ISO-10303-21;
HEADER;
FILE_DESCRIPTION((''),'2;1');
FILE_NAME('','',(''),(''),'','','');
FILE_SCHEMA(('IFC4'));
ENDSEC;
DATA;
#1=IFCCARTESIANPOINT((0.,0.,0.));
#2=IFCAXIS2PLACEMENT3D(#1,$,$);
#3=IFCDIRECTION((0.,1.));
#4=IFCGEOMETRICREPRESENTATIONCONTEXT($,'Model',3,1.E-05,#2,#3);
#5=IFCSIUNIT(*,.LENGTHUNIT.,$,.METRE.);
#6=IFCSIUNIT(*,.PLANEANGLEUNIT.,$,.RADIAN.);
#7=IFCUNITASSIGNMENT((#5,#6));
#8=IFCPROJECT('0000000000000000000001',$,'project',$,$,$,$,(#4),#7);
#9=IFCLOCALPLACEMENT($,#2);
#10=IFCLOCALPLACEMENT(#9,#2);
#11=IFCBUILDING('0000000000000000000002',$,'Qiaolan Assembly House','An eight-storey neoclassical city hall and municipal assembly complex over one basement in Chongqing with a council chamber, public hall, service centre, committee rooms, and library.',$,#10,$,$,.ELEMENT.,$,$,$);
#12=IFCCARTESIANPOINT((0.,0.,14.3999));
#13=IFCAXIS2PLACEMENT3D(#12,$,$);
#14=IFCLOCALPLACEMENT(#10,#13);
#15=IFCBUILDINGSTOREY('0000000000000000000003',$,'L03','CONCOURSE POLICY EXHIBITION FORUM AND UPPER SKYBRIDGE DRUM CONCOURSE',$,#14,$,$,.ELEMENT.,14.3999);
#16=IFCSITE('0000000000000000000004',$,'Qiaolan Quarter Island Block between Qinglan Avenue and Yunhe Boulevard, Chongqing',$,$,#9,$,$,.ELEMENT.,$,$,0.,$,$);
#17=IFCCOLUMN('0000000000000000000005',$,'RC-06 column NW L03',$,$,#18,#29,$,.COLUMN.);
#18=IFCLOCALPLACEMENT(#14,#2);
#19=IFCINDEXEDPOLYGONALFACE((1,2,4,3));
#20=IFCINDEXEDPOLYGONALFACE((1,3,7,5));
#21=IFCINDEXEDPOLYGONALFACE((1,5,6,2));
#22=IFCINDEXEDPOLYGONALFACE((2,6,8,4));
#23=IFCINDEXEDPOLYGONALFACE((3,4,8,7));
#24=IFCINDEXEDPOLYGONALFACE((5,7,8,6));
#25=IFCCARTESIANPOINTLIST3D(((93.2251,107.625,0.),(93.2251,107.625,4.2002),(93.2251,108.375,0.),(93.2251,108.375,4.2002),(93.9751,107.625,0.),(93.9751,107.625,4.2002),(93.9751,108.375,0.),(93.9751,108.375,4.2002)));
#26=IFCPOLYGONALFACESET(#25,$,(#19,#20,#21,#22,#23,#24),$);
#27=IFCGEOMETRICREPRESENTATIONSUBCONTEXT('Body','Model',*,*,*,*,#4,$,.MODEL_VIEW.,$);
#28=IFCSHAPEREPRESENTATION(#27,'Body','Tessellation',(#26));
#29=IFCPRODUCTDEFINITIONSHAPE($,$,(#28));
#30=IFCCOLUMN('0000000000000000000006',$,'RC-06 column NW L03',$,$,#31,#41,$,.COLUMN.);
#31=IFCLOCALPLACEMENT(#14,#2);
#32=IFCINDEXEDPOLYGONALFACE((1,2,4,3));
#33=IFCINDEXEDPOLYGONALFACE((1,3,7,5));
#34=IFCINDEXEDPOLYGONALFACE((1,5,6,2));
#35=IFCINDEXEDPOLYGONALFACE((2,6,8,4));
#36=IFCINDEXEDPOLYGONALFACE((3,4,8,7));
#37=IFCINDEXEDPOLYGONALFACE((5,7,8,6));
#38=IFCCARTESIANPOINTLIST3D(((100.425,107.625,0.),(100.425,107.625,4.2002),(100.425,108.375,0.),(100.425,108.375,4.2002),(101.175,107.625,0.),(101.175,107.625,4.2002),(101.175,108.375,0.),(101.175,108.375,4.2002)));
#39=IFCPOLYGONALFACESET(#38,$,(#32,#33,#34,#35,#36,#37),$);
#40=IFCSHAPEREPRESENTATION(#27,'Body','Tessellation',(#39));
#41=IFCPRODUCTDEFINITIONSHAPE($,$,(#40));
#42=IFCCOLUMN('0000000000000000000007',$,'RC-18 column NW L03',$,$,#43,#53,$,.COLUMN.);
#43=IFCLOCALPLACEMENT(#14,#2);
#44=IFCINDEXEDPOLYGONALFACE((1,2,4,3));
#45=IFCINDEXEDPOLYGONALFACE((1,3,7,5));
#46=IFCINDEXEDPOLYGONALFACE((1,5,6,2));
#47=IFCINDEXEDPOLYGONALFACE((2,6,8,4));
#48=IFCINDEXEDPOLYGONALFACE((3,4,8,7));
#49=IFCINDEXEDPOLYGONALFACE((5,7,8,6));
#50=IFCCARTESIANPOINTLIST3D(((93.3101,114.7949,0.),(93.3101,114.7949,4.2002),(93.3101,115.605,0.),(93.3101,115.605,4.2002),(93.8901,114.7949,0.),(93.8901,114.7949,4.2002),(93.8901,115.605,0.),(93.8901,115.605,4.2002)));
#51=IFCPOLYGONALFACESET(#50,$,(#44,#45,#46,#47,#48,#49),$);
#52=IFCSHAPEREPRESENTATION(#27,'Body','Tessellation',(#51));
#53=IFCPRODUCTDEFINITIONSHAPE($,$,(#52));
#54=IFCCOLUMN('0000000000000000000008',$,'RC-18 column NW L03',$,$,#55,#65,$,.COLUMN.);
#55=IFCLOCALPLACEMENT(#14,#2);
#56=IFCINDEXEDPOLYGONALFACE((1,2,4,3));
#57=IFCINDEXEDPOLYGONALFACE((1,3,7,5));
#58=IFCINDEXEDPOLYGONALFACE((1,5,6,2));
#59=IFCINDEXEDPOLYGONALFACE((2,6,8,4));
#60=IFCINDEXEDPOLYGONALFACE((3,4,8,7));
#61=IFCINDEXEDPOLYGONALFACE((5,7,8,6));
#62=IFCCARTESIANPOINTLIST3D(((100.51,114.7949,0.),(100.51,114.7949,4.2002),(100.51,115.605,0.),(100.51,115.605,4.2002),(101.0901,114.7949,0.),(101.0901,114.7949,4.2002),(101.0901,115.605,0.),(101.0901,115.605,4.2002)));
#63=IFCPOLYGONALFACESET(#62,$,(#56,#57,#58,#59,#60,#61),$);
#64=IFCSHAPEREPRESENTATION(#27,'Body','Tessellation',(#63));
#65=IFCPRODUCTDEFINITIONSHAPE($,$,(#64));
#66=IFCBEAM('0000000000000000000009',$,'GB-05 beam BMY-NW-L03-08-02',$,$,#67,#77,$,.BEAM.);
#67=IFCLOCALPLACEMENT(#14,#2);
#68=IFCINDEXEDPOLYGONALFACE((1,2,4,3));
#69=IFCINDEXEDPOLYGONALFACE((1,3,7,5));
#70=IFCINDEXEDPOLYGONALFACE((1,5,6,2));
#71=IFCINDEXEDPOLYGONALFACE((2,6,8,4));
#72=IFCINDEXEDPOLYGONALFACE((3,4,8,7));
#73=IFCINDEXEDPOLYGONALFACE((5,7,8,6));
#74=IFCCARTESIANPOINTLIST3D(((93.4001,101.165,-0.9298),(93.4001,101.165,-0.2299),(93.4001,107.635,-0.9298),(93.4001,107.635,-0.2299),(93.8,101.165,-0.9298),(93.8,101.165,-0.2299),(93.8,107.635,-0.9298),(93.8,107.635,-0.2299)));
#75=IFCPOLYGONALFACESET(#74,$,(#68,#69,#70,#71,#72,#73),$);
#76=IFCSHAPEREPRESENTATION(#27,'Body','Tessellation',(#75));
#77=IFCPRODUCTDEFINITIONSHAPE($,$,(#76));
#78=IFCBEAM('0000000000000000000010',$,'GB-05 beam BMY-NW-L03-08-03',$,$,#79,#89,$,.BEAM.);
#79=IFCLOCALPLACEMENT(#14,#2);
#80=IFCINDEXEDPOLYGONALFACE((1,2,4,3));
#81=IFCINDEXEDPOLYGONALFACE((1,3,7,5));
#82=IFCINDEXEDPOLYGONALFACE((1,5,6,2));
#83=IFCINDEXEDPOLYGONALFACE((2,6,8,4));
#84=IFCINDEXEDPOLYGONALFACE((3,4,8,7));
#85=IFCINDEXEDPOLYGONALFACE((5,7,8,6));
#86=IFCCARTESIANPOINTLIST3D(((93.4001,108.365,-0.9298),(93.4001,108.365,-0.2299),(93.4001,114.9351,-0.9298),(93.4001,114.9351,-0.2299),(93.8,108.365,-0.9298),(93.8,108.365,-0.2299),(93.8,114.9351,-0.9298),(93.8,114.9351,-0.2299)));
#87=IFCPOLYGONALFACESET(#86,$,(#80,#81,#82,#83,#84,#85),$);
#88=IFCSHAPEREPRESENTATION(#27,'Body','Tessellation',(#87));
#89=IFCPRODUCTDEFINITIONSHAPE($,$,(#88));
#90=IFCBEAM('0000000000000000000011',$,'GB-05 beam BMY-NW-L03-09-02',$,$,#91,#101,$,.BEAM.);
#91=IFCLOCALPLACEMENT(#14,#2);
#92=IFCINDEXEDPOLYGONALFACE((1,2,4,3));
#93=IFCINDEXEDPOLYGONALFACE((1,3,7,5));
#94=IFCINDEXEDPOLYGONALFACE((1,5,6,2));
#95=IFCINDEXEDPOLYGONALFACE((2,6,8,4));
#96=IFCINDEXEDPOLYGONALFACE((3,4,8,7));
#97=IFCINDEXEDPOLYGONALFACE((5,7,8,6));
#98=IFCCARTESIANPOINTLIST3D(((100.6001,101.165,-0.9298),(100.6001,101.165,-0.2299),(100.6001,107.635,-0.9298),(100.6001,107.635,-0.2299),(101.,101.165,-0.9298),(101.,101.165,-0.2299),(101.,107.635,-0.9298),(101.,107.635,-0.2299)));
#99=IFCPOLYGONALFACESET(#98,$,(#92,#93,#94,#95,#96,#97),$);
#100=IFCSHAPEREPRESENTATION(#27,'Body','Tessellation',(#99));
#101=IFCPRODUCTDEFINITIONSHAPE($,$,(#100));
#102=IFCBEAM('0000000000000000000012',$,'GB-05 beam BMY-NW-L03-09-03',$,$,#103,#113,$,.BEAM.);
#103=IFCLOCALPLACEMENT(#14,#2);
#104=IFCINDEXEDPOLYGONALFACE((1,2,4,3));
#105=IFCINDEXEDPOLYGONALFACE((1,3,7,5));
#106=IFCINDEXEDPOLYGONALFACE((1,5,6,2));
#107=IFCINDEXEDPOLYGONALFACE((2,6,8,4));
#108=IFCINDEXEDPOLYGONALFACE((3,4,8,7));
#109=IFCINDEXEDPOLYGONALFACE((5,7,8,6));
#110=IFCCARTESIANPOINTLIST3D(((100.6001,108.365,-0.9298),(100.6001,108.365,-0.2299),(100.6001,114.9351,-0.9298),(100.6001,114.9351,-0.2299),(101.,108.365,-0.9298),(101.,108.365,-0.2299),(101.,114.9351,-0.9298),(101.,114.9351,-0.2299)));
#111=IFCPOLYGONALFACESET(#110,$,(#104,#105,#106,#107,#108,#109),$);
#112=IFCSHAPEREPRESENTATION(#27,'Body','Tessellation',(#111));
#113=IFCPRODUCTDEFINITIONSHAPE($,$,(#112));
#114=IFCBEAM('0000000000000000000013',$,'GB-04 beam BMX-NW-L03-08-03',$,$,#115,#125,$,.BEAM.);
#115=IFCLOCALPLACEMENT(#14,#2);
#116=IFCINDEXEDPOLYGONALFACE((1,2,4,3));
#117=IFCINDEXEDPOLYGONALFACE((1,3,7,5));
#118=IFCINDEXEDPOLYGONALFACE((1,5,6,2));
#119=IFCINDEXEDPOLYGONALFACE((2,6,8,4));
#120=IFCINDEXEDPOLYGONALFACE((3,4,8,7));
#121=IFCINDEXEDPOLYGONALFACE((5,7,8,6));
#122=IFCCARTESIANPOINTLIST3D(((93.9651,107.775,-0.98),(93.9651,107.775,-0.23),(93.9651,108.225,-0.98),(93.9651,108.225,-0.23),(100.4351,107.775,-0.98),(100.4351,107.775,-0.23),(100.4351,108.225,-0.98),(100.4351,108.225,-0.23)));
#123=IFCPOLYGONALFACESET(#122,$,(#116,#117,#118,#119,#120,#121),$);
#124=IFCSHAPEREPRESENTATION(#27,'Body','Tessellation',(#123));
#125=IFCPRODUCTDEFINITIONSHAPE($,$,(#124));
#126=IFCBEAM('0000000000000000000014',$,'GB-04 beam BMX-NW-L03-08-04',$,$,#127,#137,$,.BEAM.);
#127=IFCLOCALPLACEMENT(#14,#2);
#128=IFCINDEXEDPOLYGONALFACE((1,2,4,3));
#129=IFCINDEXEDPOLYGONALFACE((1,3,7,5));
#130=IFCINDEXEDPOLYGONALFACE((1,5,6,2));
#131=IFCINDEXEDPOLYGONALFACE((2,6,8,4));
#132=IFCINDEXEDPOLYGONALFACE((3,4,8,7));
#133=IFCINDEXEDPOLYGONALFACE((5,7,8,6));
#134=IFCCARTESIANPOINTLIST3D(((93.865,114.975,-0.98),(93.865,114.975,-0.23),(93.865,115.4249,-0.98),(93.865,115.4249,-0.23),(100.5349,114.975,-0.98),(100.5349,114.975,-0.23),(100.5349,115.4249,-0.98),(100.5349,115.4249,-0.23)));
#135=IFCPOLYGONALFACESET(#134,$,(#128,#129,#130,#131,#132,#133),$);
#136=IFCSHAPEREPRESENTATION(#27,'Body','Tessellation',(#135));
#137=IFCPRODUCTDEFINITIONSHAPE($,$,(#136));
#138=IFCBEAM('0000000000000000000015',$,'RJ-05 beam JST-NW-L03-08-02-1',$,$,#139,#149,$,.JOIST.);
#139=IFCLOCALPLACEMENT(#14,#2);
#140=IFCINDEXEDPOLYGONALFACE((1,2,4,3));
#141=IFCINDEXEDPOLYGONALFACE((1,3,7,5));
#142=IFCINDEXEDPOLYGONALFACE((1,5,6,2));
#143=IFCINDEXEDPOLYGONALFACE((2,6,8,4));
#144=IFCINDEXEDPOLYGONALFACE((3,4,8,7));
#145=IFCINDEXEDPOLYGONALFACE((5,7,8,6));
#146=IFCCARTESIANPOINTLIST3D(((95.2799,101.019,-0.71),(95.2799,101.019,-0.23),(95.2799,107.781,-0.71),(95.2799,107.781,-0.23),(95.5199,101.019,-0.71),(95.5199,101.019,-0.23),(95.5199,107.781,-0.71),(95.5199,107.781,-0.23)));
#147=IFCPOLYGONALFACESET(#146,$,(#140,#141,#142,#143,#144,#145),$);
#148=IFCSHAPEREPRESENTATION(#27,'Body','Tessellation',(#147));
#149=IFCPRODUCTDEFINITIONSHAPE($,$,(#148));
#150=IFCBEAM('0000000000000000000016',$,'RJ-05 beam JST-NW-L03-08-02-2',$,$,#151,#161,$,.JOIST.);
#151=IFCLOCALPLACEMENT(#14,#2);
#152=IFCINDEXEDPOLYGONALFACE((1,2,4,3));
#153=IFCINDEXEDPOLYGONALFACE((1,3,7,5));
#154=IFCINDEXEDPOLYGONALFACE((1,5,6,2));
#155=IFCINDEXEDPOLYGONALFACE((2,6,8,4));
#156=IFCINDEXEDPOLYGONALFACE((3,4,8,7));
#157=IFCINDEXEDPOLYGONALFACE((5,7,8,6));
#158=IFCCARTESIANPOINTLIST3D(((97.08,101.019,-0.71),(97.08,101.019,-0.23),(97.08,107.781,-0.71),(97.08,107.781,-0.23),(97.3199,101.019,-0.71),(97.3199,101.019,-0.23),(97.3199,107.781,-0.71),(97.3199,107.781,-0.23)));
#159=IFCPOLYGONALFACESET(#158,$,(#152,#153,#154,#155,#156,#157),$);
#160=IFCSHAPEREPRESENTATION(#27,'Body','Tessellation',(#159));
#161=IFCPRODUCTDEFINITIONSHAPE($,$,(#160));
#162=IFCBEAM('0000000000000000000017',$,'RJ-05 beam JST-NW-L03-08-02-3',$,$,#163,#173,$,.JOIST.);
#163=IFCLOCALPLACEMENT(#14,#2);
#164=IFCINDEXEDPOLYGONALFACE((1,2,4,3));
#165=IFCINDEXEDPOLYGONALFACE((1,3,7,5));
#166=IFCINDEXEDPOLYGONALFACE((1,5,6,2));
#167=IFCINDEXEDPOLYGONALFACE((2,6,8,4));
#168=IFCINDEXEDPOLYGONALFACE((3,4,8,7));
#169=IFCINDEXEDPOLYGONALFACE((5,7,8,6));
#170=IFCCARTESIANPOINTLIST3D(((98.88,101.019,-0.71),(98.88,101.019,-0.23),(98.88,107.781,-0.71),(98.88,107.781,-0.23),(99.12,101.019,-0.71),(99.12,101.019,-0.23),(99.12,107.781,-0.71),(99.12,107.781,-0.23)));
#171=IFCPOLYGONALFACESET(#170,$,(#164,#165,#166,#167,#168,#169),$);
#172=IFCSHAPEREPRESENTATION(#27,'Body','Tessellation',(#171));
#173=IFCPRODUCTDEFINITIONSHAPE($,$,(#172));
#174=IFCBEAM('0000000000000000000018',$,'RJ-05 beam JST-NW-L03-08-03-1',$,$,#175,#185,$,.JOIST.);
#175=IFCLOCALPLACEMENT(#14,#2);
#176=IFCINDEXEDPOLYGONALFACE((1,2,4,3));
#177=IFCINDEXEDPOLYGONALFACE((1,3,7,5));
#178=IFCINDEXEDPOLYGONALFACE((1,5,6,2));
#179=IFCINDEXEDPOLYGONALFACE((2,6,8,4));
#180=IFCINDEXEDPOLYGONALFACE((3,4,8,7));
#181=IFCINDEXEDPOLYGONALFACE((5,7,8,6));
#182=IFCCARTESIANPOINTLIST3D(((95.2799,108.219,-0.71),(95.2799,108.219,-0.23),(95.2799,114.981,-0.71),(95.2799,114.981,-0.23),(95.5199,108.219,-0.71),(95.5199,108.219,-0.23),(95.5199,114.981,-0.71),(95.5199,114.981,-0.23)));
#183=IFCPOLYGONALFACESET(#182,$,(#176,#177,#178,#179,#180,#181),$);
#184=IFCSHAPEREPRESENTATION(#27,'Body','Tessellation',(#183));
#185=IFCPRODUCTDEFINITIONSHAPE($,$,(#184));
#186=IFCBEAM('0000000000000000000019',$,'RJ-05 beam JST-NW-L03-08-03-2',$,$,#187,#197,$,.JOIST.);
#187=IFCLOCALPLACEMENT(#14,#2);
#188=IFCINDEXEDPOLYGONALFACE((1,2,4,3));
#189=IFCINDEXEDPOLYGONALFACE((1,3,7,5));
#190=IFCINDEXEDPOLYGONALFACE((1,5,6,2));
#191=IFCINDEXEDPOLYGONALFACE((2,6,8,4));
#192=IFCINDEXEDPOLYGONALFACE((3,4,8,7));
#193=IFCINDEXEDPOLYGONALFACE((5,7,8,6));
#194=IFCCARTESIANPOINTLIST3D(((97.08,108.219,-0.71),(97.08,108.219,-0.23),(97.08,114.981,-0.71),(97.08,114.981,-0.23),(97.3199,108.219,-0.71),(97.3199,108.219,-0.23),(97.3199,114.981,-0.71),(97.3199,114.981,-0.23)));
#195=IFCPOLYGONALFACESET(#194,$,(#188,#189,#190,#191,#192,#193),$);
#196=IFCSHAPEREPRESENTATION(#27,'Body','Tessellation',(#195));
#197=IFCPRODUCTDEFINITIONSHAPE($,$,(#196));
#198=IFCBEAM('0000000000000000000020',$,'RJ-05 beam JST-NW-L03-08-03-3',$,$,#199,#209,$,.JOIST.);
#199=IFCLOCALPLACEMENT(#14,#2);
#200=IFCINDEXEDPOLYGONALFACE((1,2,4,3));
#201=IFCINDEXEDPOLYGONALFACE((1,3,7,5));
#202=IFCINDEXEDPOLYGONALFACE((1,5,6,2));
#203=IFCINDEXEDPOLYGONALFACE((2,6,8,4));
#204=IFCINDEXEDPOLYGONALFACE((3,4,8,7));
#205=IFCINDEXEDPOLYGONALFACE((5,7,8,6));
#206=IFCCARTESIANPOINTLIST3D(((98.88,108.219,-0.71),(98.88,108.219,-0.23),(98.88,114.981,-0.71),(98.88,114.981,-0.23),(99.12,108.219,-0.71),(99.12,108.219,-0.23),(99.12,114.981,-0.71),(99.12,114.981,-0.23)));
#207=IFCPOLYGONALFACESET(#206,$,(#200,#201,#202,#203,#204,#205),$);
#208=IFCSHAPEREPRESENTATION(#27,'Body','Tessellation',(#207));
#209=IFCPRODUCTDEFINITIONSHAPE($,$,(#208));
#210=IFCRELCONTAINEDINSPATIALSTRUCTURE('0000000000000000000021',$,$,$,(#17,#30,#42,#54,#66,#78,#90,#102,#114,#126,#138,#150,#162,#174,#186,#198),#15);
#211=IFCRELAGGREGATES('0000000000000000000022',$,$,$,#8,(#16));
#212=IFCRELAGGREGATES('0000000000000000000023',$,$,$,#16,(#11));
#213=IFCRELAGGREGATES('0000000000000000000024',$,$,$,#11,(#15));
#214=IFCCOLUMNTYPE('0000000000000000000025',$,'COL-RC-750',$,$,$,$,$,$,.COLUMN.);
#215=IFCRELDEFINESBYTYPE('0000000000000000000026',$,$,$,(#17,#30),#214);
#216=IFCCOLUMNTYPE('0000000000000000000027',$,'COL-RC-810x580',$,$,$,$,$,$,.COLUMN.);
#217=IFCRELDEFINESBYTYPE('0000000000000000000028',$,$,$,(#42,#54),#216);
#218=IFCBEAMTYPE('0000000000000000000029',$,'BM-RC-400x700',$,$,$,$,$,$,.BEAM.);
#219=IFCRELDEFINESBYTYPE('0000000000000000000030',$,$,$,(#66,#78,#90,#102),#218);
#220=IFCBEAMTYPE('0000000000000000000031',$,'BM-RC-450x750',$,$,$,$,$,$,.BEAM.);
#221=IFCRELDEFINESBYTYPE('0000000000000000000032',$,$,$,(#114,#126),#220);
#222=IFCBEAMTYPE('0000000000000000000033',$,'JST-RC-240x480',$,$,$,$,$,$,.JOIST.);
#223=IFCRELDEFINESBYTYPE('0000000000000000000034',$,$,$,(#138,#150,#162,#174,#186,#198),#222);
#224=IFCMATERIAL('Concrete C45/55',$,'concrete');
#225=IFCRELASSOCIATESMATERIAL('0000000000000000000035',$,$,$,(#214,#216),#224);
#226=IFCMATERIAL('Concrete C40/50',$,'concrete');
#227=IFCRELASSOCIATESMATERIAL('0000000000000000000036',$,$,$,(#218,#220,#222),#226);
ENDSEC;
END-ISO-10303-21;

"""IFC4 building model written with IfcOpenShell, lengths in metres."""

from ifc_helpers import new_model, si_unit, direction, frame, origin, origin_2d, place, context, subcontext, project, spatial, rectangle, extrude, material, material_profile, profile_set, type_object, element, save


model = new_model("IFC4")

# Units and contexts
model_context = context("Model", 3, precision=1e-05, world=origin(), true_north=direction((0.0, 1.0)))
body_context = subcontext(model_context, "Body", "Model", "MODEL_VIEW")
ifc_project = project(units=[si_unit("LENGTHUNIT", "METRE"), si_unit("PLANEANGLEUNIT", "RADIAN")], contexts=[model_context])

# Site, building, storey
site_placement = place(None, origin())
site = spatial("IfcSite", under=ifc_project, at=site_placement, Name="Qiaolan Quarter Island Block between Qinglan Avenue and Yunhe Boulevard, Chongqing", CompositionType="ELEMENT", RefElevation=0.0)
building_placement = place(site_placement, origin())
building = spatial("IfcBuilding", under=site, at=building_placement, Name="Qiaolan Assembly House", Description="An eight-storey neoclassical city hall and municipal assembly complex over one basement in Chongqing with a council chamber, public hall, service centre, committee rooms, and library.", CompositionType="ELEMENT")
storey_placement = place(building_placement, frame((0.0, 0.0, 14.3999)))
storey = spatial("IfcBuildingStorey", under=building, at=storey_placement, Name="L03", Description="CONCOURSE POLICY EXHIBITION FORUM AND UPPER SKYBRIDGE DRUM CONCOURSE", CompositionType="ELEMENT", Elevation=14.3999)

# Columns
ifc_material_1 = material(Name="Concrete C45/55", Category="concrete")
ifc_material_profile_1 = material_profile(ifc_material_1, rectangle(XDim=0.75, YDim=0.75, at=origin_2d()), Name="RC 750x750")
ifc_profile_set_1 = profile_set([ifc_material_profile_1], Name="Concrete C45/55")
column_type_1 = type_object("IfcColumnType", Name="COL-RC-750", PredefinedType="COLUMN", material=ifc_profile_set_1)
for number, where, z_axis, x_axis, name in (
    (1, (93.6001, 108.0, 0.0), (0.0, 0.0, 1.0), (1.0, 0.0, 0.0), "RC-06 column NW L03"),
    (2, (100.8, 108.0, 0.0), (0.0, 0.0, 1.0), (1.0, 0.0, 0.0), "RC-06 column NW L03"),
):
    element("IfcColumn", number, at=place(storey_placement, frame(where, z_axis=z_axis, x_axis=x_axis)), inside=storey, type_object=column_type_1, Name=name, PredefinedType="COLUMN", context=body_context, shape_type="SweptSolid", body=[
        extrude(rectangle(XDim=0.75, YDim=0.75, at=origin_2d()), origin(), (0.0, 0.0, 1.0), 4.2002),
    ])
ifc_material_profile_2 = material_profile(ifc_material_1, rectangle(XDim=0.5801, YDim=0.8101, at=origin_2d()), Name="RC 810x580")
ifc_profile_set_2 = profile_set([ifc_material_profile_2], Name="Concrete C45/55")
column_type_2 = type_object("IfcColumnType", Name="COL-RC-810x580", PredefinedType="COLUMN", material=ifc_profile_set_2)
for number, where, z_axis, x_axis, name in (
    (3, (93.6001, 115.2, 0.0), (0.0, 0.0, 1.0), (1.0, 0.0, 0.0), "RC-18 column NW L03"),
    (4, (100.8, 115.2, 0.0), (0.0, 0.0, 1.0), (1.0, 0.0, 0.0), "RC-18 column NW L03"),
):
    element("IfcColumn", number, at=place(storey_placement, frame(where, z_axis=z_axis, x_axis=x_axis)), inside=storey, type_object=column_type_2, Name=name, PredefinedType="COLUMN", context=body_context, shape_type="SweptSolid", body=[
        extrude(rectangle(XDim=0.5801, YDim=0.8101, at=origin_2d()), origin(), (0.0, 0.0, 1.0), 4.2002),
    ])

# Beams
ifc_material_2 = material(Name="Concrete C40/50", Category="concrete")
ifc_material_profile_3 = material_profile(ifc_material_2, rectangle(XDim=0.3999, YDim=0.7, at=origin_2d()), Name="RCB 400x700")
ifc_profile_set_3 = profile_set([ifc_material_profile_3], Name="Concrete C40/50")
beam_type_1 = type_object("IfcBeamType", Name="BM-RC-400x700", PredefinedType="BEAM", material=ifc_profile_set_3)
beam_1_placement = place(storey_placement, frame((93.6001, 101.165, -0.5798), z_axis=(0.0, 1.0, 0.0), x_axis=(-1.0, 0.0, 0.0)))
element("IfcBeam", 5, at=beam_1_placement, inside=storey, type_object=beam_type_1, Name="GB-05 beam BMY-NW-L03-08-02", PredefinedType="BEAM", context=body_context, shape_type="SweptSolid", body=[
    extrude(rectangle(XDim=0.3999, YDim=0.7, at=origin_2d()), origin(), (0.0, 0.0, 1.0), 6.47),
])
beam_2_placement = place(storey_placement, frame((93.6001, 108.365, -0.5798), z_axis=(0.0, 1.0, 0.0), x_axis=(-1.0, 0.0, 0.0)))
element("IfcBeam", 6, at=beam_2_placement, inside=storey, type_object=beam_type_1, Name="GB-05 beam BMY-NW-L03-08-03", PredefinedType="BEAM", context=body_context, shape_type="SweptSolid", body=[
    extrude(rectangle(XDim=0.3999, YDim=0.7, at=origin_2d()), origin(), (0.0, 0.0, 1.0), 6.5701),
])
beam_3_placement = place(storey_placement, frame((100.8, 101.165, -0.5798), z_axis=(0.0, 1.0, 0.0), x_axis=(-1.0, 0.0, 0.0)))
element("IfcBeam", 7, at=beam_3_placement, inside=storey, type_object=beam_type_1, Name="GB-05 beam BMY-NW-L03-09-02", PredefinedType="BEAM", context=body_context, shape_type="SweptSolid", body=[
    extrude(rectangle(XDim=0.3999, YDim=0.7, at=origin_2d()), origin(), (0.0, 0.0, 1.0), 6.47),
])
beam_4_placement = place(storey_placement, frame((100.8, 108.365, -0.5798), z_axis=(0.0, 1.0, 0.0), x_axis=(-1.0, 0.0, 0.0)))
element("IfcBeam", 8, at=beam_4_placement, inside=storey, type_object=beam_type_1, Name="GB-05 beam BMY-NW-L03-09-03", PredefinedType="BEAM", context=body_context, shape_type="SweptSolid", body=[
    extrude(rectangle(XDim=0.3999, YDim=0.7, at=origin_2d()), origin(), (0.0, 0.0, 1.0), 6.5701),
])
ifc_material_profile_4 = material_profile(ifc_material_2, rectangle(XDim=0.45, YDim=0.75, at=origin_2d()), Name="RCB 450x750")
ifc_profile_set_4 = profile_set([ifc_material_profile_4], Name="Concrete C40/50")
beam_type_2 = type_object("IfcBeamType", Name="BM-RC-450x750", PredefinedType="BEAM", material=ifc_profile_set_4)
beam_5_placement = place(storey_placement, frame((93.9651, 108.0, -0.605), z_axis=(1.0, 0.0, 0.0), x_axis=(0.0, 1.0, 0.0)))
element("IfcBeam", 9, at=beam_5_placement, inside=storey, type_object=beam_type_2, Name="GB-04 beam BMX-NW-L03-08-03", PredefinedType="BEAM", context=body_context, shape_type="SweptSolid", body=[
    extrude(rectangle(XDim=0.45, YDim=0.75, at=origin_2d()), origin(), (0.0, 0.0, 1.0), 6.47),
])
beam_6_placement = place(storey_placement, frame((93.865, 115.2, -0.605), z_axis=(1.0, 0.0, 0.0), x_axis=(0.0, 1.0, 0.0)))
element("IfcBeam", 10, at=beam_6_placement, inside=storey, type_object=beam_type_2, Name="GB-04 beam BMX-NW-L03-08-04", PredefinedType="BEAM", context=body_context, shape_type="SweptSolid", body=[
    extrude(rectangle(XDim=0.45, YDim=0.75, at=origin_2d()), origin(), (0.0, 0.0, 1.0), 6.6699),
])
ifc_material_profile_5 = material_profile(ifc_material_2, rectangle(XDim=0.24, YDim=0.48, at=origin_2d()), Name="RCB 240x480")
ifc_profile_set_5 = profile_set([ifc_material_profile_5], Name="Concrete C40/50")
beam_type_3 = type_object("IfcBeamType", Name="JST-RC-240x480", PredefinedType="JOIST", material=ifc_profile_set_5)
for number, where, z_axis, x_axis, name in (
    (11, (95.3999, 101.019, -0.47), (0.0, 1.0, 0.0), (-1.0, 0.0, 0.0), "RJ-05 beam JST-NW-L03-08-02-1"),
    (12, (97.2, 101.019, -0.47), (0.0, 1.0, 0.0), (-1.0, 0.0, 0.0), "RJ-05 beam JST-NW-L03-08-02-2"),
    (13, (99.0, 101.019, -0.47), (0.0, 1.0, 0.0), (-1.0, 0.0, 0.0), "RJ-05 beam JST-NW-L03-08-02-3"),
    (14, (95.3999, 108.219, -0.47), (0.0, 1.0, 0.0), (-1.0, 0.0, 0.0), "RJ-05 beam JST-NW-L03-08-03-1"),
    (15, (97.2, 108.219, -0.47), (0.0, 1.0, 0.0), (-1.0, 0.0, 0.0), "RJ-05 beam JST-NW-L03-08-03-2"),
    (16, (99.0, 108.219, -0.47), (0.0, 1.0, 0.0), (-1.0, 0.0, 0.0), "RJ-05 beam JST-NW-L03-08-03-3"),
):
    element("IfcBeam", number, at=place(storey_placement, frame(where, z_axis=z_axis, x_axis=x_axis)), inside=storey, type_object=beam_type_3, Name=name, PredefinedType="JOIST", context=body_context, shape_type="SweptSolid", body=[
        extrude(rectangle(XDim=0.24, YDim=0.48, at=origin_2d()), origin(), (0.0, 0.0, 1.0), 6.762),
    ])

save(model, "model.ifc")
